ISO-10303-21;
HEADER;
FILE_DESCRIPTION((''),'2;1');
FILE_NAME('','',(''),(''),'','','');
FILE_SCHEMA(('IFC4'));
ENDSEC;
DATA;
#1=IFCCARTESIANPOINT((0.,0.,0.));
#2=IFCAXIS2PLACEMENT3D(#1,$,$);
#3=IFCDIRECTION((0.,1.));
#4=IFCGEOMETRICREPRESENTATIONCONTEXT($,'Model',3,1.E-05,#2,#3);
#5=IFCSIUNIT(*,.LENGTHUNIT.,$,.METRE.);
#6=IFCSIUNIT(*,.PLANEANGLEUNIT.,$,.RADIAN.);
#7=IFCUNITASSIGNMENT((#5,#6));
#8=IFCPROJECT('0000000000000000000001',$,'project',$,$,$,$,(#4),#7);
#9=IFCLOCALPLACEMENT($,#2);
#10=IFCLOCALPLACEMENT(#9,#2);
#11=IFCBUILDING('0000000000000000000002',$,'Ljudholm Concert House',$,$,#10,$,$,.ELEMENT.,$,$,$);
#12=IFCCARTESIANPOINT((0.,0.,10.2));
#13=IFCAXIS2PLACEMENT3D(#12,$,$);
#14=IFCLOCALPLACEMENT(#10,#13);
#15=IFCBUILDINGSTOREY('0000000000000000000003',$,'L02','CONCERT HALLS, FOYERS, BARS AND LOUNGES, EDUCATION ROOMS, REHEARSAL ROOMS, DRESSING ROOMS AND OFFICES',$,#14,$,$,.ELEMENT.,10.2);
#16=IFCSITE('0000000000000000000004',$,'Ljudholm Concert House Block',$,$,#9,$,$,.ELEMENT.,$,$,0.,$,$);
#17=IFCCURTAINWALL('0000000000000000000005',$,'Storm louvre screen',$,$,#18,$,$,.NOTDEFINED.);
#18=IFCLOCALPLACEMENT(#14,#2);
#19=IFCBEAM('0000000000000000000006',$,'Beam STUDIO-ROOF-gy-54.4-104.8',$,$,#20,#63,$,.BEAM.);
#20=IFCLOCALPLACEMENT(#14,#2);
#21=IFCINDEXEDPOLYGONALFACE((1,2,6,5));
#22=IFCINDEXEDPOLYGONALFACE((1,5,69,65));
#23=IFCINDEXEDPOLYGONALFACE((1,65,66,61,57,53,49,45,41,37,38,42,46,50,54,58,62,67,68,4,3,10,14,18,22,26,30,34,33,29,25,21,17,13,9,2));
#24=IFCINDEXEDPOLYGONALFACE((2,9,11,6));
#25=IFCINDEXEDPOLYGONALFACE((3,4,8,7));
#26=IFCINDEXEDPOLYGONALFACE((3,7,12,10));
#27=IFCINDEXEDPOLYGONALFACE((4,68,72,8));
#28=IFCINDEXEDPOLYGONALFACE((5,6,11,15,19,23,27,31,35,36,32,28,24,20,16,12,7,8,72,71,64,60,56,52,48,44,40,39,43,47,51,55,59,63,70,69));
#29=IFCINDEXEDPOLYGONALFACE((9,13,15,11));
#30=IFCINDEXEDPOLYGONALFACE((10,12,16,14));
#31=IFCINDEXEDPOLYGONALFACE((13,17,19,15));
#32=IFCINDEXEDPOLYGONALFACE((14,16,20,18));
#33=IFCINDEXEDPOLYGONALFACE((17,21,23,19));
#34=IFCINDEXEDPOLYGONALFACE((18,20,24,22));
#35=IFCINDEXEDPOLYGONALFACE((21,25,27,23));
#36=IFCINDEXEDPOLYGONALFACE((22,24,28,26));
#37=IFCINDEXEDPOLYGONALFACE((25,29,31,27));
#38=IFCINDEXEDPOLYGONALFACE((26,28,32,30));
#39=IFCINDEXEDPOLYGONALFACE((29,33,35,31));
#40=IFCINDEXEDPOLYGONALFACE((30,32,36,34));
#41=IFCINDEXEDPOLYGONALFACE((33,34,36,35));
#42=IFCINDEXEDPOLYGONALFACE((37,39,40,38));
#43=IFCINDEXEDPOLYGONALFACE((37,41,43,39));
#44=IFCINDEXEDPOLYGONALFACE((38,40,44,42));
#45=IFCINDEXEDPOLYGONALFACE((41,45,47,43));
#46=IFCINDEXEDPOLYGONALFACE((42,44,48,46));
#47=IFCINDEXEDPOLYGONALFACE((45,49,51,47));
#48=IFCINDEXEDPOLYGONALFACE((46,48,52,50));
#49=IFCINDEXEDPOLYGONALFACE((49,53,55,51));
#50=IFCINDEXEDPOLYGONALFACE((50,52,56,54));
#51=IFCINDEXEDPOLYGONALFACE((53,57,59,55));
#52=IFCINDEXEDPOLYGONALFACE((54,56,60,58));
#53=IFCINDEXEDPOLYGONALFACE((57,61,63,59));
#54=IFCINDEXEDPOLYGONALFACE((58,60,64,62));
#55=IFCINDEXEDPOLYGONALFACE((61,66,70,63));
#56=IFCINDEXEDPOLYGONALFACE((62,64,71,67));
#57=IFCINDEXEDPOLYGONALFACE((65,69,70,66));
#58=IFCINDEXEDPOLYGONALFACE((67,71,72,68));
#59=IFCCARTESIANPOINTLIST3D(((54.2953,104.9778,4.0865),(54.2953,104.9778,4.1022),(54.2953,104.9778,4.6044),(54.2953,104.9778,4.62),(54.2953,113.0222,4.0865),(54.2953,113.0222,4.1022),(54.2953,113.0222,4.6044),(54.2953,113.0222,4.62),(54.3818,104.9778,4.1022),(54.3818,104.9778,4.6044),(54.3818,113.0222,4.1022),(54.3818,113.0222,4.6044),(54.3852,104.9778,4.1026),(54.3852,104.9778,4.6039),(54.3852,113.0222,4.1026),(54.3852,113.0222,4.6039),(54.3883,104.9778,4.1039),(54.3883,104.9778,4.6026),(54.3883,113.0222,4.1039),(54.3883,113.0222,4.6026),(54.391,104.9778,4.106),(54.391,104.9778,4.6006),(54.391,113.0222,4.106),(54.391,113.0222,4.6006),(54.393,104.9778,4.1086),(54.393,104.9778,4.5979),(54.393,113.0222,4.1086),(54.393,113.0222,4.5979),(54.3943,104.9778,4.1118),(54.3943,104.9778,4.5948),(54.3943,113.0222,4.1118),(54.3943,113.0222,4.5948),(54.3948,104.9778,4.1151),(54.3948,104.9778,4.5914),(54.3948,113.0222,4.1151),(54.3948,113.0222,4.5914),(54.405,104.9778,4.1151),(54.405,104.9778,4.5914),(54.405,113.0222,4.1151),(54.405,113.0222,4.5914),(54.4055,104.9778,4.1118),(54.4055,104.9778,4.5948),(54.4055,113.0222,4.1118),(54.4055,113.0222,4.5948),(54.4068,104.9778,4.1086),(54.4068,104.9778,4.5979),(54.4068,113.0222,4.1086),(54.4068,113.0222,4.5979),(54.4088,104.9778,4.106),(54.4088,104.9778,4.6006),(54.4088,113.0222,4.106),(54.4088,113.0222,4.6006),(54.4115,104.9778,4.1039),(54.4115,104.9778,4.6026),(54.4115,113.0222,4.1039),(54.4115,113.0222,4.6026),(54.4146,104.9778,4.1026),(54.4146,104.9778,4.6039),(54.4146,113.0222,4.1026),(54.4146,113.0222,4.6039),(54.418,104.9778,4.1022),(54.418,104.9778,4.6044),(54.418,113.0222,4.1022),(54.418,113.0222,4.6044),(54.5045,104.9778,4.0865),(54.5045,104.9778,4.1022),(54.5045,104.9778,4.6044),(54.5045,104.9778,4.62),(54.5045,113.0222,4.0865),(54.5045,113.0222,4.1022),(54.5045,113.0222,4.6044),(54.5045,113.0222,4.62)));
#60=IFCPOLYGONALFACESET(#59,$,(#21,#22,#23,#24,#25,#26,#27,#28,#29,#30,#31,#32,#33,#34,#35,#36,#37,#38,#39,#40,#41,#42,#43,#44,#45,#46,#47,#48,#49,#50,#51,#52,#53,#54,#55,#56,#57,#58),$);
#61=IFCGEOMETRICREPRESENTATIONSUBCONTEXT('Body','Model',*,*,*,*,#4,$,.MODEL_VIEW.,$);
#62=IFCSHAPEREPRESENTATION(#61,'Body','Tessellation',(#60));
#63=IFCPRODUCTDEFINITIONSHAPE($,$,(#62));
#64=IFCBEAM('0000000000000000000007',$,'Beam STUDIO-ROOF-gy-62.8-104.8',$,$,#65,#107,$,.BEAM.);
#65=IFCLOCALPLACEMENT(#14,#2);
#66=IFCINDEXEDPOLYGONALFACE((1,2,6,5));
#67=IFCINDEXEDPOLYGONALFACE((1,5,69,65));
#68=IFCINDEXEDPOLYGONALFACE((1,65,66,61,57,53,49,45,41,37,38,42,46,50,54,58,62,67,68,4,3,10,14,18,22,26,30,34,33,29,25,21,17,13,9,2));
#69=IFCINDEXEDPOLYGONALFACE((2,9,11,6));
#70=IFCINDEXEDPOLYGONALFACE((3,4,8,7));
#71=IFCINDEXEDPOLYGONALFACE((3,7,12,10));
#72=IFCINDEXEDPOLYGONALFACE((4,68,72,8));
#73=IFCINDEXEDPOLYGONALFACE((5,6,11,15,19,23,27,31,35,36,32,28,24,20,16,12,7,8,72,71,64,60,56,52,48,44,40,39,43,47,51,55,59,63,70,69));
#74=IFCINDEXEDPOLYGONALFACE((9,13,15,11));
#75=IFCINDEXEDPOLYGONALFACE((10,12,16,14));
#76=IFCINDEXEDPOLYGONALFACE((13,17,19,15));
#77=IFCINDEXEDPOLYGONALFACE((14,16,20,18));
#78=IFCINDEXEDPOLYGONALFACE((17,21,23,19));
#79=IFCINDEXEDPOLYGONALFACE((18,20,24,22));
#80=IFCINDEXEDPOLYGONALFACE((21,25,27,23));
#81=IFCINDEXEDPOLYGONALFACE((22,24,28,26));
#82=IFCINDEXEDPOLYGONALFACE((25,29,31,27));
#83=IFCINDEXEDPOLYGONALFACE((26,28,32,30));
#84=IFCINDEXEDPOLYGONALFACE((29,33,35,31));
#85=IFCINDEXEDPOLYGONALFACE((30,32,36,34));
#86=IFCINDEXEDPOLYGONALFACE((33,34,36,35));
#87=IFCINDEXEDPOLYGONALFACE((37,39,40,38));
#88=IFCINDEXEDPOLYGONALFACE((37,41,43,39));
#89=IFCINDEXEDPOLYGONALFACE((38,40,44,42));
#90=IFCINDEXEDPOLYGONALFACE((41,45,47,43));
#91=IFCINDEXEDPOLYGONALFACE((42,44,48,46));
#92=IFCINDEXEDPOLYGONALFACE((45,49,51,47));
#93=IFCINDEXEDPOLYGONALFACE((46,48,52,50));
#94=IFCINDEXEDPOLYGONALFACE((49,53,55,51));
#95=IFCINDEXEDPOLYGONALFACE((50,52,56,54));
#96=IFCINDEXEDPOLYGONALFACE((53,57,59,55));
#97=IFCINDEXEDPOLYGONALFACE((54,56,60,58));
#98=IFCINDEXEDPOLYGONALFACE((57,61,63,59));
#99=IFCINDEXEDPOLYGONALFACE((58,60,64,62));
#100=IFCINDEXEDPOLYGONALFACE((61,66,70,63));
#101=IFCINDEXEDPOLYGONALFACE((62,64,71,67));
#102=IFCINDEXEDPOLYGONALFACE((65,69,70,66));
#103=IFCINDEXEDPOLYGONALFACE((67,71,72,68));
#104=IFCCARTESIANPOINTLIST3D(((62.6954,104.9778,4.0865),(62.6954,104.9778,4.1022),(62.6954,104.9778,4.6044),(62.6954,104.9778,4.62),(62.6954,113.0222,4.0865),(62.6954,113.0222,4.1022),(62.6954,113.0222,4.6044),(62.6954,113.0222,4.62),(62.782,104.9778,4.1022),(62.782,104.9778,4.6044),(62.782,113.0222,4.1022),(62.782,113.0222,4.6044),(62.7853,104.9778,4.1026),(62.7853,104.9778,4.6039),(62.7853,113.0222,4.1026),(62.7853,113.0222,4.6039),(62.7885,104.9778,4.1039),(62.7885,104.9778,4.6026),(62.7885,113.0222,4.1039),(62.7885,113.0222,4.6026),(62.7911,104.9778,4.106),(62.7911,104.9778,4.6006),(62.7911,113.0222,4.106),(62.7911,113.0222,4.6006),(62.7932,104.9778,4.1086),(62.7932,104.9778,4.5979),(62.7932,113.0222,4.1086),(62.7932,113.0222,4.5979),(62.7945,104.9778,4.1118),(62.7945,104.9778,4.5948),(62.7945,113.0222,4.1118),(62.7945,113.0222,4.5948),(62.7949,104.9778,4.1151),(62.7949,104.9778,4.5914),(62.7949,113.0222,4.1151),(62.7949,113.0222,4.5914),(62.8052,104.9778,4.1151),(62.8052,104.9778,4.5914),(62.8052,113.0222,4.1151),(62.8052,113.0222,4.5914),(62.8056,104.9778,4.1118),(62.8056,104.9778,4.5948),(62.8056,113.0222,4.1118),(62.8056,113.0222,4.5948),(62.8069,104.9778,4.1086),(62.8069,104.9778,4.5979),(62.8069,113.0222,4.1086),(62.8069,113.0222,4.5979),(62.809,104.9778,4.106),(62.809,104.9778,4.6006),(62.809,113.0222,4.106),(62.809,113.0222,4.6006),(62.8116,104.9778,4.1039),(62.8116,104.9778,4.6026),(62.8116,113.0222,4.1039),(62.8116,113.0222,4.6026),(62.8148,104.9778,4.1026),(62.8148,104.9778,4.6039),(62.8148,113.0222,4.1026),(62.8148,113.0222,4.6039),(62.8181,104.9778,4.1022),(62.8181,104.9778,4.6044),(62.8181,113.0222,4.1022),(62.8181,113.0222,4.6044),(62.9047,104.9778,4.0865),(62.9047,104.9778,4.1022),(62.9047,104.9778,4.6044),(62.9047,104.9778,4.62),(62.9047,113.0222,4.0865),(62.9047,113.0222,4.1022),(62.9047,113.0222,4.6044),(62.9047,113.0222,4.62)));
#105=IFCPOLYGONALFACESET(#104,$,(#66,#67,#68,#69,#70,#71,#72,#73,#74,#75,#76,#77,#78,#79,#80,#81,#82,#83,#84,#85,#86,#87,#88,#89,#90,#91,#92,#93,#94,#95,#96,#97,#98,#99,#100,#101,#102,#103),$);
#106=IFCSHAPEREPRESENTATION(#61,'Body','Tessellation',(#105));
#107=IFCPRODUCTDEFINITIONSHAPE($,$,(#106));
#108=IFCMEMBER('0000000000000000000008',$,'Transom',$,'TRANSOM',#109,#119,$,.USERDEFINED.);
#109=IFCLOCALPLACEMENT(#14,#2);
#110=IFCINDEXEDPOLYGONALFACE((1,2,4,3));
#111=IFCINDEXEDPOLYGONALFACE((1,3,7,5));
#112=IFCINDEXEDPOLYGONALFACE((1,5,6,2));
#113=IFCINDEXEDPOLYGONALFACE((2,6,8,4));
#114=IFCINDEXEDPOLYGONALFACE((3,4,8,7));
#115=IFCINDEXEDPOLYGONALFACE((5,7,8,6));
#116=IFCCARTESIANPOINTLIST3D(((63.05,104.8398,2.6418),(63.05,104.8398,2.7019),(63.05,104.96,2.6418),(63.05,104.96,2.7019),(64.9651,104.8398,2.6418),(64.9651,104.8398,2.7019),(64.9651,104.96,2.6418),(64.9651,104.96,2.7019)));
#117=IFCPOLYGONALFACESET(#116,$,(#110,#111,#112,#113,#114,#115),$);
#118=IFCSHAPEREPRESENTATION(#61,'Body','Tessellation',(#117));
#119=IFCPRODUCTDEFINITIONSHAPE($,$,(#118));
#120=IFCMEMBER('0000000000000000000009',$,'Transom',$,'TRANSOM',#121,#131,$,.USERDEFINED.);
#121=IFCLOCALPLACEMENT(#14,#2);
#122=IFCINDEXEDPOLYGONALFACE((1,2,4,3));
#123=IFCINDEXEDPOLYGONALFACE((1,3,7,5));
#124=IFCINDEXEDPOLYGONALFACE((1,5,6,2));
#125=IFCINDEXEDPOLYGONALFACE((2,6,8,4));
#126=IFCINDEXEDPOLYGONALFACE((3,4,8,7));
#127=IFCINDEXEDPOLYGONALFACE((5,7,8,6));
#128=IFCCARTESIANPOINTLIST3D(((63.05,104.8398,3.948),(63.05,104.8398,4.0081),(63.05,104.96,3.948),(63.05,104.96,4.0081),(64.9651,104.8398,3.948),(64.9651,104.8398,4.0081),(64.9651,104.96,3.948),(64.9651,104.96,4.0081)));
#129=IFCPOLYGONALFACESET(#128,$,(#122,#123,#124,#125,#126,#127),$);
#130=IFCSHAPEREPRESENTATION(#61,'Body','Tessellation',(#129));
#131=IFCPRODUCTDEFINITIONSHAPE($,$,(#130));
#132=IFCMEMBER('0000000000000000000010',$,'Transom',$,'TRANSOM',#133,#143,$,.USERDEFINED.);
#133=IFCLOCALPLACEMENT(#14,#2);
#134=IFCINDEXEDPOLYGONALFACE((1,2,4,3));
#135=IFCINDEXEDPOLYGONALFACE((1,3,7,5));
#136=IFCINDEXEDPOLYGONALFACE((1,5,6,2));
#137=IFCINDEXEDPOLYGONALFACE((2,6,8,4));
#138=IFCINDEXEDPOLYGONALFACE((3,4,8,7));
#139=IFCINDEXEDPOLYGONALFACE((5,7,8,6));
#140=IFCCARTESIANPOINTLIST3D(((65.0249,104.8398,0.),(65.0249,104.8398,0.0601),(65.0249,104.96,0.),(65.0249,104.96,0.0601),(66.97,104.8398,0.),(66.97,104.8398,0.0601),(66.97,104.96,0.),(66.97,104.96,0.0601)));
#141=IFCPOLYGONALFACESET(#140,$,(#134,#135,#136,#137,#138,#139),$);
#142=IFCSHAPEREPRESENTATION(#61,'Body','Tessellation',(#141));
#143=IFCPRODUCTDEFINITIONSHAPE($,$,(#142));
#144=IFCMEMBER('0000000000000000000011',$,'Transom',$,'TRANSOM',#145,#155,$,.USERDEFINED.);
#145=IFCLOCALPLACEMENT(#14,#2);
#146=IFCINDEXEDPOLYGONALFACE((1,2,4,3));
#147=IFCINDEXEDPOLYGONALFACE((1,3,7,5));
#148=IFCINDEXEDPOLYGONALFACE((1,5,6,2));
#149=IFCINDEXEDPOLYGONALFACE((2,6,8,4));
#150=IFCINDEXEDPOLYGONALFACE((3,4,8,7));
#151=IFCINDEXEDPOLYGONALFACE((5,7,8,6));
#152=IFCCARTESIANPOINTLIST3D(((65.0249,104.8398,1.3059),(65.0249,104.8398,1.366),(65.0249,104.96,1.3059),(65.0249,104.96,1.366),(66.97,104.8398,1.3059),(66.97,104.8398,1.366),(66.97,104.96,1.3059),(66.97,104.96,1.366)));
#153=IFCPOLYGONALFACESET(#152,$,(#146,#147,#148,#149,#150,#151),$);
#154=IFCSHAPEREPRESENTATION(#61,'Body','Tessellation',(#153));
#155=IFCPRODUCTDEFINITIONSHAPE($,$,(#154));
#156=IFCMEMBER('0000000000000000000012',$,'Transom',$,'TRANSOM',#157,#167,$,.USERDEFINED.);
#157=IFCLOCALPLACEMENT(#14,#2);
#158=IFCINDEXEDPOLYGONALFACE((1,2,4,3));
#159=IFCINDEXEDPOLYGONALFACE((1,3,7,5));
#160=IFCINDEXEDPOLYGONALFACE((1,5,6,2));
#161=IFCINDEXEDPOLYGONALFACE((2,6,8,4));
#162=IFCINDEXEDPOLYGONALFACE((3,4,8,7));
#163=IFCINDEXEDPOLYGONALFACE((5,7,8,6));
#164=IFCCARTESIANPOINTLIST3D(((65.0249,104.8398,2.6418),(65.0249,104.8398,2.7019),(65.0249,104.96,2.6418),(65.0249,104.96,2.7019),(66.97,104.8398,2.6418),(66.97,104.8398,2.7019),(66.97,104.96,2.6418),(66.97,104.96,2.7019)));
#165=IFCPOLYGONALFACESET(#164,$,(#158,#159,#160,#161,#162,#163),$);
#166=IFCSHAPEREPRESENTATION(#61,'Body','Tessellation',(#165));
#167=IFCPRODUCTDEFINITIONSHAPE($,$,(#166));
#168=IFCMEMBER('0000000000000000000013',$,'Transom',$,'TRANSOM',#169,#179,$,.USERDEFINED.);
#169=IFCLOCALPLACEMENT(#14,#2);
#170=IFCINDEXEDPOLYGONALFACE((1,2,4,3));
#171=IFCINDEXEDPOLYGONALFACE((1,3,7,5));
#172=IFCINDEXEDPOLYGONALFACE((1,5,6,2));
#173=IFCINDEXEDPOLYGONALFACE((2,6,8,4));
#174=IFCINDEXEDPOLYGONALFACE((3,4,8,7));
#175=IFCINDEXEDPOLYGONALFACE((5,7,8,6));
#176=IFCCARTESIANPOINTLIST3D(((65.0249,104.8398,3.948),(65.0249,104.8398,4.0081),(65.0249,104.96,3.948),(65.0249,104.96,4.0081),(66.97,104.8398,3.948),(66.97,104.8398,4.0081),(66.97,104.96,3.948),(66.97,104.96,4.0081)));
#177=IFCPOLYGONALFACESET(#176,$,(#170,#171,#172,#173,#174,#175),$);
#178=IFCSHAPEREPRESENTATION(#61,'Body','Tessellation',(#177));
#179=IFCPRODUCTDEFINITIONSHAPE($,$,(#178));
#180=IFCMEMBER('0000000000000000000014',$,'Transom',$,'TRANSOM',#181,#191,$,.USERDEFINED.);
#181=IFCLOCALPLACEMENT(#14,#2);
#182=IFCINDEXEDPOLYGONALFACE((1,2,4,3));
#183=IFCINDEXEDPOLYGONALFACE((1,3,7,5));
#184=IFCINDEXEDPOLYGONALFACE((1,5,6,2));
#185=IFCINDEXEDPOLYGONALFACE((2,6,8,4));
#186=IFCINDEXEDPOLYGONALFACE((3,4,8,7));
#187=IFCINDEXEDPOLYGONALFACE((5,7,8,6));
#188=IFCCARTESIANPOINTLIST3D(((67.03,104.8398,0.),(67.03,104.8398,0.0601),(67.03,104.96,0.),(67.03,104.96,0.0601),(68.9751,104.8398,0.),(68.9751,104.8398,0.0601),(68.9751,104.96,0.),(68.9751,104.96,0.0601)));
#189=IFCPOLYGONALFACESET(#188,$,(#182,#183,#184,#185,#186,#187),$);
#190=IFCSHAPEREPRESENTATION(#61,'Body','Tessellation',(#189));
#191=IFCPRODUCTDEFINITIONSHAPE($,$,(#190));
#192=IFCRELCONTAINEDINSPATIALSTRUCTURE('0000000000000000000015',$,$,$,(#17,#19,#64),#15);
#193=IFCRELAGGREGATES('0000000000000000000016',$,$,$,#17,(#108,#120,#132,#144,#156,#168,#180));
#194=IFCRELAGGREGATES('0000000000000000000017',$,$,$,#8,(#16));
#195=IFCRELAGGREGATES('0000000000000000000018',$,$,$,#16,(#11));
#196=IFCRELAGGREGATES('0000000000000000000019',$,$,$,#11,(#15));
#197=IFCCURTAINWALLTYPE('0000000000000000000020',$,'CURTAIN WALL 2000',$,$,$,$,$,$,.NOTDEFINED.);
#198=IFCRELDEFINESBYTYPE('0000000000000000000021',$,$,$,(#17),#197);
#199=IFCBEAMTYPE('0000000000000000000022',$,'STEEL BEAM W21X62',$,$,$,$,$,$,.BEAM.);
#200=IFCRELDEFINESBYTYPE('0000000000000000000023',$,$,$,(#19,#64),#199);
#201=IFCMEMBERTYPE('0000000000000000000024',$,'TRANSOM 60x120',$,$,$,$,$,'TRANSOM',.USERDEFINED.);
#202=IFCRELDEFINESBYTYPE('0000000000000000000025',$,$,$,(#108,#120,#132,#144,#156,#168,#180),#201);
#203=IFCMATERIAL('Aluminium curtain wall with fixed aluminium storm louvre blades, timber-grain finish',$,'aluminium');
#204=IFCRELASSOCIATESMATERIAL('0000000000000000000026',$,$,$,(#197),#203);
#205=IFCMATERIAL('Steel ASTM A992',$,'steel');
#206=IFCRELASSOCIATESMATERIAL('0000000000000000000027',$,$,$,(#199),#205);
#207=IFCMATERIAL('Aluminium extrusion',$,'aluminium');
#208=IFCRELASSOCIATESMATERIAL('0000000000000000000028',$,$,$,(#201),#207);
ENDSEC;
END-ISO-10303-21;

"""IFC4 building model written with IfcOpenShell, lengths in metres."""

from ifc_helpers import new_model, si_unit, direction, frame, origin, origin_2d, place, context, subcontext, project, spatial, rectangle, i_section, extrude, material, material_profile, profile_set, type_object, element, aggregate, save


model = new_model("IFC4")

# Units and contexts
model_context = context("Model", 3, precision=1e-05, world=origin(), true_north=direction((0.0, 1.0)))
body_context = subcontext(model_context, "Body", "Model", "MODEL_VIEW")
ifc_project = project(units=[si_unit("LENGTHUNIT", "METRE"), si_unit("PLANEANGLEUNIT", "RADIAN")], contexts=[model_context])

# Site, building, storey
site_placement = place(None, origin())
site = spatial("IfcSite", under=ifc_project, at=site_placement, Name="Ljudholm Concert House Block", CompositionType="ELEMENT", RefElevation=0.0)
building_placement = place(site_placement, origin())
building = spatial("IfcBuilding", under=site, at=building_placement, Name="Ljudholm Concert House", CompositionType="ELEMENT")
storey_placement = place(building_placement, frame((0.0, 0.0, 10.2)))
storey = spatial("IfcBuildingStorey", under=building, at=storey_placement, Name="L02", Description="CONCERT HALLS, FOYERS, BARS AND LOUNGES, EDUCATION ROOMS, REHEARSAL ROOMS, DRESSING ROOMS AND OFFICES", CompositionType="ELEMENT", Elevation=10.2)

# Curtain wall
ifc_material_1 = material(Name="Aluminium curtain wall with fixed aluminium storm louvre blades, timber-grain finish", Category="aluminium")
curtain_wall_type = type_object("IfcCurtainWallType", Name="CURTAIN WALL 2000", PredefinedType="NOTDEFINED", material=ifc_material_1)
curtain_wall_placement = place(storey_placement, origin())
curtain_wall = element("IfcCurtainWall", 1, at=curtain_wall_placement, inside=storey, type_object=curtain_wall_type, Name="Storm louvre screen", PredefinedType="NOTDEFINED")

# Beams
ifc_material_2 = material(Name="Steel ASTM A992", Category="steel")
ifc_material_profile_1 = material_profile(ifc_material_2, i_section(OverallWidth=0.2092, OverallDepth=0.5334, WebThickness=0.0103, FlangeThickness=0.0156, FilletRadius=0.0129, at=origin_2d()), Name="W21X62")
ifc_profile_set_1 = profile_set([ifc_material_profile_1], Name="Steel ASTM A992")
beam_type_1 = type_object("IfcBeamType", Name="STEEL BEAM W21X62", PredefinedType="BEAM", material=ifc_profile_set_1)
for number, where, z_axis, x_axis, name in (
    (2, (54.3999, 104.9778, 4.3533), (0.0, 1.0, 0.0), (-1.0, 0.0, 0.0), "Beam STUDIO-ROOF-gy-54.4-104.8"),
    (3, (62.8, 104.9778, 4.3533), (0.0, 1.0, 0.0), (-1.0, 0.0, 0.0), "Beam STUDIO-ROOF-gy-62.8-104.8"),
):
    element("IfcBeam", number, at=place(storey_placement, frame(where, z_axis=z_axis, x_axis=x_axis)), inside=storey, type_object=beam_type_1, Name=name, PredefinedType="BEAM", context=body_context, shape_type="SweptSolid", body=[
        extrude(i_section(OverallWidth=0.2092, OverallDepth=0.5334, WebThickness=0.0103, FlangeThickness=0.0156, FilletRadius=0.0129, at=origin_2d()), origin(), (0.0, 0.0, 1.0), 8.0444),
    ])

# Members
ifc_material_3 = material(Name="Aluminium extrusion", Category="aluminium")
ifc_material_profile_2 = material_profile(ifc_material_3, rectangle(XDim=0.1201, YDim=0.0601, at=origin_2d()), Name="TRANSOM 60x120")
ifc_profile_set_2 = profile_set([ifc_material_profile_2], Name="Aluminium extrusion")
member_type_1 = type_object("IfcMemberType", Name="TRANSOM 60x120", ElementType="TRANSOM", PredefinedType="USERDEFINED", material=ifc_profile_set_2)
member_1_placement = place(storey_placement, frame((63.05, 104.8999, 2.6719), z_axis=(1.0, 0.0, 0.0), x_axis=(0.0, 1.0, 0.0)))
member_1 = element("IfcMember", 4, at=member_1_placement, type_object=member_type_1, Name="Transom", ObjectType="TRANSOM", PredefinedType="USERDEFINED", context=body_context, shape_type="SweptSolid", body=[
    extrude(rectangle(XDim=0.1201, YDim=0.0601, at=origin_2d()), origin(), (0.0, 0.0, 1.0), 1.915),
])
member_2_placement = place(storey_placement, frame((63.05, 104.8999, 3.978), z_axis=(1.0, 0.0, 0.0), x_axis=(0.0, 1.0, 0.0)))
member_2 = element("IfcMember", 5, at=member_2_placement, type_object=member_type_1, Name="Transom", ObjectType="TRANSOM", PredefinedType="USERDEFINED", context=body_context, shape_type="SweptSolid", body=[
    extrude(rectangle(XDim=0.1201, YDim=0.0601, at=origin_2d()), origin(), (0.0, 0.0, 1.0), 1.915),
])
member_3_placement = place(storey_placement, frame((65.0249, 104.8999, 0.03), z_axis=(1.0, 0.0, 0.0), x_axis=(0.0, 1.0, 0.0)))
member_3 = element("IfcMember", 6, at=member_3_placement, type_object=member_type_1, Name="Transom", ObjectType="TRANSOM", PredefinedType="USERDEFINED", context=body_context, shape_type="SweptSolid", body=[
    extrude(rectangle(XDim=0.1201, YDim=0.0601, at=origin_2d()), origin(), (0.0, 0.0, 1.0), 1.9451),
])
member_4_placement = place(storey_placement, frame((65.0249, 104.8999, 1.3359), z_axis=(1.0, 0.0, 0.0), x_axis=(0.0, 1.0, 0.0)))
member_4 = element("IfcMember", 7, at=member_4_placement, type_object=member_type_1, Name="Transom", ObjectType="TRANSOM", PredefinedType="USERDEFINED", context=body_context, shape_type="SweptSolid", body=[
    extrude(rectangle(XDim=0.1201, YDim=0.0601, at=origin_2d()), origin(), (0.0, 0.0, 1.0), 1.9451),
])
member_5_placement = place(storey_placement, frame((65.0249, 104.8999, 2.6719), z_axis=(1.0, 0.0, 0.0), x_axis=(0.0, 1.0, 0.0)))
member_5 = element("IfcMember", 8, at=member_5_placement, type_object=member_type_1, Name="Transom", ObjectType="TRANSOM", PredefinedType="USERDEFINED", context=body_context, shape_type="SweptSolid", body=[
    extrude(rectangle(XDim=0.1201, YDim=0.0601, at=origin_2d()), origin(), (0.0, 0.0, 1.0), 1.9451),
])
member_6_placement = place(storey_placement, frame((65.0249, 104.8999, 3.978), z_axis=(1.0, 0.0, 0.0), x_axis=(0.0, 1.0, 0.0)))
member_6 = element("IfcMember", 9, at=member_6_placement, type_object=member_type_1, Name="Transom", ObjectType="TRANSOM", PredefinedType="USERDEFINED", context=body_context, shape_type="SweptSolid", body=[
    extrude(rectangle(XDim=0.1201, YDim=0.0601, at=origin_2d()), origin(), (0.0, 0.0, 1.0), 1.9451),
])
member_7_placement = place(storey_placement, frame((67.03, 104.8999, 0.03), z_axis=(1.0, 0.0, 0.0), x_axis=(0.0, 1.0, 0.0)))
member_7 = element("IfcMember", 10, at=member_7_placement, type_object=member_type_1, Name="Transom", ObjectType="TRANSOM", PredefinedType="USERDEFINED", context=body_context, shape_type="SweptSolid", body=[
    extrude(rectangle(XDim=0.1201, YDim=0.0601, at=origin_2d()), origin(), (0.0, 0.0, 1.0), 1.9451),
])

aggregate(curtain_wall, [member_1, member_2, member_3, member_4, member_5, member_6, member_7])

save(model, "model.ifc")
